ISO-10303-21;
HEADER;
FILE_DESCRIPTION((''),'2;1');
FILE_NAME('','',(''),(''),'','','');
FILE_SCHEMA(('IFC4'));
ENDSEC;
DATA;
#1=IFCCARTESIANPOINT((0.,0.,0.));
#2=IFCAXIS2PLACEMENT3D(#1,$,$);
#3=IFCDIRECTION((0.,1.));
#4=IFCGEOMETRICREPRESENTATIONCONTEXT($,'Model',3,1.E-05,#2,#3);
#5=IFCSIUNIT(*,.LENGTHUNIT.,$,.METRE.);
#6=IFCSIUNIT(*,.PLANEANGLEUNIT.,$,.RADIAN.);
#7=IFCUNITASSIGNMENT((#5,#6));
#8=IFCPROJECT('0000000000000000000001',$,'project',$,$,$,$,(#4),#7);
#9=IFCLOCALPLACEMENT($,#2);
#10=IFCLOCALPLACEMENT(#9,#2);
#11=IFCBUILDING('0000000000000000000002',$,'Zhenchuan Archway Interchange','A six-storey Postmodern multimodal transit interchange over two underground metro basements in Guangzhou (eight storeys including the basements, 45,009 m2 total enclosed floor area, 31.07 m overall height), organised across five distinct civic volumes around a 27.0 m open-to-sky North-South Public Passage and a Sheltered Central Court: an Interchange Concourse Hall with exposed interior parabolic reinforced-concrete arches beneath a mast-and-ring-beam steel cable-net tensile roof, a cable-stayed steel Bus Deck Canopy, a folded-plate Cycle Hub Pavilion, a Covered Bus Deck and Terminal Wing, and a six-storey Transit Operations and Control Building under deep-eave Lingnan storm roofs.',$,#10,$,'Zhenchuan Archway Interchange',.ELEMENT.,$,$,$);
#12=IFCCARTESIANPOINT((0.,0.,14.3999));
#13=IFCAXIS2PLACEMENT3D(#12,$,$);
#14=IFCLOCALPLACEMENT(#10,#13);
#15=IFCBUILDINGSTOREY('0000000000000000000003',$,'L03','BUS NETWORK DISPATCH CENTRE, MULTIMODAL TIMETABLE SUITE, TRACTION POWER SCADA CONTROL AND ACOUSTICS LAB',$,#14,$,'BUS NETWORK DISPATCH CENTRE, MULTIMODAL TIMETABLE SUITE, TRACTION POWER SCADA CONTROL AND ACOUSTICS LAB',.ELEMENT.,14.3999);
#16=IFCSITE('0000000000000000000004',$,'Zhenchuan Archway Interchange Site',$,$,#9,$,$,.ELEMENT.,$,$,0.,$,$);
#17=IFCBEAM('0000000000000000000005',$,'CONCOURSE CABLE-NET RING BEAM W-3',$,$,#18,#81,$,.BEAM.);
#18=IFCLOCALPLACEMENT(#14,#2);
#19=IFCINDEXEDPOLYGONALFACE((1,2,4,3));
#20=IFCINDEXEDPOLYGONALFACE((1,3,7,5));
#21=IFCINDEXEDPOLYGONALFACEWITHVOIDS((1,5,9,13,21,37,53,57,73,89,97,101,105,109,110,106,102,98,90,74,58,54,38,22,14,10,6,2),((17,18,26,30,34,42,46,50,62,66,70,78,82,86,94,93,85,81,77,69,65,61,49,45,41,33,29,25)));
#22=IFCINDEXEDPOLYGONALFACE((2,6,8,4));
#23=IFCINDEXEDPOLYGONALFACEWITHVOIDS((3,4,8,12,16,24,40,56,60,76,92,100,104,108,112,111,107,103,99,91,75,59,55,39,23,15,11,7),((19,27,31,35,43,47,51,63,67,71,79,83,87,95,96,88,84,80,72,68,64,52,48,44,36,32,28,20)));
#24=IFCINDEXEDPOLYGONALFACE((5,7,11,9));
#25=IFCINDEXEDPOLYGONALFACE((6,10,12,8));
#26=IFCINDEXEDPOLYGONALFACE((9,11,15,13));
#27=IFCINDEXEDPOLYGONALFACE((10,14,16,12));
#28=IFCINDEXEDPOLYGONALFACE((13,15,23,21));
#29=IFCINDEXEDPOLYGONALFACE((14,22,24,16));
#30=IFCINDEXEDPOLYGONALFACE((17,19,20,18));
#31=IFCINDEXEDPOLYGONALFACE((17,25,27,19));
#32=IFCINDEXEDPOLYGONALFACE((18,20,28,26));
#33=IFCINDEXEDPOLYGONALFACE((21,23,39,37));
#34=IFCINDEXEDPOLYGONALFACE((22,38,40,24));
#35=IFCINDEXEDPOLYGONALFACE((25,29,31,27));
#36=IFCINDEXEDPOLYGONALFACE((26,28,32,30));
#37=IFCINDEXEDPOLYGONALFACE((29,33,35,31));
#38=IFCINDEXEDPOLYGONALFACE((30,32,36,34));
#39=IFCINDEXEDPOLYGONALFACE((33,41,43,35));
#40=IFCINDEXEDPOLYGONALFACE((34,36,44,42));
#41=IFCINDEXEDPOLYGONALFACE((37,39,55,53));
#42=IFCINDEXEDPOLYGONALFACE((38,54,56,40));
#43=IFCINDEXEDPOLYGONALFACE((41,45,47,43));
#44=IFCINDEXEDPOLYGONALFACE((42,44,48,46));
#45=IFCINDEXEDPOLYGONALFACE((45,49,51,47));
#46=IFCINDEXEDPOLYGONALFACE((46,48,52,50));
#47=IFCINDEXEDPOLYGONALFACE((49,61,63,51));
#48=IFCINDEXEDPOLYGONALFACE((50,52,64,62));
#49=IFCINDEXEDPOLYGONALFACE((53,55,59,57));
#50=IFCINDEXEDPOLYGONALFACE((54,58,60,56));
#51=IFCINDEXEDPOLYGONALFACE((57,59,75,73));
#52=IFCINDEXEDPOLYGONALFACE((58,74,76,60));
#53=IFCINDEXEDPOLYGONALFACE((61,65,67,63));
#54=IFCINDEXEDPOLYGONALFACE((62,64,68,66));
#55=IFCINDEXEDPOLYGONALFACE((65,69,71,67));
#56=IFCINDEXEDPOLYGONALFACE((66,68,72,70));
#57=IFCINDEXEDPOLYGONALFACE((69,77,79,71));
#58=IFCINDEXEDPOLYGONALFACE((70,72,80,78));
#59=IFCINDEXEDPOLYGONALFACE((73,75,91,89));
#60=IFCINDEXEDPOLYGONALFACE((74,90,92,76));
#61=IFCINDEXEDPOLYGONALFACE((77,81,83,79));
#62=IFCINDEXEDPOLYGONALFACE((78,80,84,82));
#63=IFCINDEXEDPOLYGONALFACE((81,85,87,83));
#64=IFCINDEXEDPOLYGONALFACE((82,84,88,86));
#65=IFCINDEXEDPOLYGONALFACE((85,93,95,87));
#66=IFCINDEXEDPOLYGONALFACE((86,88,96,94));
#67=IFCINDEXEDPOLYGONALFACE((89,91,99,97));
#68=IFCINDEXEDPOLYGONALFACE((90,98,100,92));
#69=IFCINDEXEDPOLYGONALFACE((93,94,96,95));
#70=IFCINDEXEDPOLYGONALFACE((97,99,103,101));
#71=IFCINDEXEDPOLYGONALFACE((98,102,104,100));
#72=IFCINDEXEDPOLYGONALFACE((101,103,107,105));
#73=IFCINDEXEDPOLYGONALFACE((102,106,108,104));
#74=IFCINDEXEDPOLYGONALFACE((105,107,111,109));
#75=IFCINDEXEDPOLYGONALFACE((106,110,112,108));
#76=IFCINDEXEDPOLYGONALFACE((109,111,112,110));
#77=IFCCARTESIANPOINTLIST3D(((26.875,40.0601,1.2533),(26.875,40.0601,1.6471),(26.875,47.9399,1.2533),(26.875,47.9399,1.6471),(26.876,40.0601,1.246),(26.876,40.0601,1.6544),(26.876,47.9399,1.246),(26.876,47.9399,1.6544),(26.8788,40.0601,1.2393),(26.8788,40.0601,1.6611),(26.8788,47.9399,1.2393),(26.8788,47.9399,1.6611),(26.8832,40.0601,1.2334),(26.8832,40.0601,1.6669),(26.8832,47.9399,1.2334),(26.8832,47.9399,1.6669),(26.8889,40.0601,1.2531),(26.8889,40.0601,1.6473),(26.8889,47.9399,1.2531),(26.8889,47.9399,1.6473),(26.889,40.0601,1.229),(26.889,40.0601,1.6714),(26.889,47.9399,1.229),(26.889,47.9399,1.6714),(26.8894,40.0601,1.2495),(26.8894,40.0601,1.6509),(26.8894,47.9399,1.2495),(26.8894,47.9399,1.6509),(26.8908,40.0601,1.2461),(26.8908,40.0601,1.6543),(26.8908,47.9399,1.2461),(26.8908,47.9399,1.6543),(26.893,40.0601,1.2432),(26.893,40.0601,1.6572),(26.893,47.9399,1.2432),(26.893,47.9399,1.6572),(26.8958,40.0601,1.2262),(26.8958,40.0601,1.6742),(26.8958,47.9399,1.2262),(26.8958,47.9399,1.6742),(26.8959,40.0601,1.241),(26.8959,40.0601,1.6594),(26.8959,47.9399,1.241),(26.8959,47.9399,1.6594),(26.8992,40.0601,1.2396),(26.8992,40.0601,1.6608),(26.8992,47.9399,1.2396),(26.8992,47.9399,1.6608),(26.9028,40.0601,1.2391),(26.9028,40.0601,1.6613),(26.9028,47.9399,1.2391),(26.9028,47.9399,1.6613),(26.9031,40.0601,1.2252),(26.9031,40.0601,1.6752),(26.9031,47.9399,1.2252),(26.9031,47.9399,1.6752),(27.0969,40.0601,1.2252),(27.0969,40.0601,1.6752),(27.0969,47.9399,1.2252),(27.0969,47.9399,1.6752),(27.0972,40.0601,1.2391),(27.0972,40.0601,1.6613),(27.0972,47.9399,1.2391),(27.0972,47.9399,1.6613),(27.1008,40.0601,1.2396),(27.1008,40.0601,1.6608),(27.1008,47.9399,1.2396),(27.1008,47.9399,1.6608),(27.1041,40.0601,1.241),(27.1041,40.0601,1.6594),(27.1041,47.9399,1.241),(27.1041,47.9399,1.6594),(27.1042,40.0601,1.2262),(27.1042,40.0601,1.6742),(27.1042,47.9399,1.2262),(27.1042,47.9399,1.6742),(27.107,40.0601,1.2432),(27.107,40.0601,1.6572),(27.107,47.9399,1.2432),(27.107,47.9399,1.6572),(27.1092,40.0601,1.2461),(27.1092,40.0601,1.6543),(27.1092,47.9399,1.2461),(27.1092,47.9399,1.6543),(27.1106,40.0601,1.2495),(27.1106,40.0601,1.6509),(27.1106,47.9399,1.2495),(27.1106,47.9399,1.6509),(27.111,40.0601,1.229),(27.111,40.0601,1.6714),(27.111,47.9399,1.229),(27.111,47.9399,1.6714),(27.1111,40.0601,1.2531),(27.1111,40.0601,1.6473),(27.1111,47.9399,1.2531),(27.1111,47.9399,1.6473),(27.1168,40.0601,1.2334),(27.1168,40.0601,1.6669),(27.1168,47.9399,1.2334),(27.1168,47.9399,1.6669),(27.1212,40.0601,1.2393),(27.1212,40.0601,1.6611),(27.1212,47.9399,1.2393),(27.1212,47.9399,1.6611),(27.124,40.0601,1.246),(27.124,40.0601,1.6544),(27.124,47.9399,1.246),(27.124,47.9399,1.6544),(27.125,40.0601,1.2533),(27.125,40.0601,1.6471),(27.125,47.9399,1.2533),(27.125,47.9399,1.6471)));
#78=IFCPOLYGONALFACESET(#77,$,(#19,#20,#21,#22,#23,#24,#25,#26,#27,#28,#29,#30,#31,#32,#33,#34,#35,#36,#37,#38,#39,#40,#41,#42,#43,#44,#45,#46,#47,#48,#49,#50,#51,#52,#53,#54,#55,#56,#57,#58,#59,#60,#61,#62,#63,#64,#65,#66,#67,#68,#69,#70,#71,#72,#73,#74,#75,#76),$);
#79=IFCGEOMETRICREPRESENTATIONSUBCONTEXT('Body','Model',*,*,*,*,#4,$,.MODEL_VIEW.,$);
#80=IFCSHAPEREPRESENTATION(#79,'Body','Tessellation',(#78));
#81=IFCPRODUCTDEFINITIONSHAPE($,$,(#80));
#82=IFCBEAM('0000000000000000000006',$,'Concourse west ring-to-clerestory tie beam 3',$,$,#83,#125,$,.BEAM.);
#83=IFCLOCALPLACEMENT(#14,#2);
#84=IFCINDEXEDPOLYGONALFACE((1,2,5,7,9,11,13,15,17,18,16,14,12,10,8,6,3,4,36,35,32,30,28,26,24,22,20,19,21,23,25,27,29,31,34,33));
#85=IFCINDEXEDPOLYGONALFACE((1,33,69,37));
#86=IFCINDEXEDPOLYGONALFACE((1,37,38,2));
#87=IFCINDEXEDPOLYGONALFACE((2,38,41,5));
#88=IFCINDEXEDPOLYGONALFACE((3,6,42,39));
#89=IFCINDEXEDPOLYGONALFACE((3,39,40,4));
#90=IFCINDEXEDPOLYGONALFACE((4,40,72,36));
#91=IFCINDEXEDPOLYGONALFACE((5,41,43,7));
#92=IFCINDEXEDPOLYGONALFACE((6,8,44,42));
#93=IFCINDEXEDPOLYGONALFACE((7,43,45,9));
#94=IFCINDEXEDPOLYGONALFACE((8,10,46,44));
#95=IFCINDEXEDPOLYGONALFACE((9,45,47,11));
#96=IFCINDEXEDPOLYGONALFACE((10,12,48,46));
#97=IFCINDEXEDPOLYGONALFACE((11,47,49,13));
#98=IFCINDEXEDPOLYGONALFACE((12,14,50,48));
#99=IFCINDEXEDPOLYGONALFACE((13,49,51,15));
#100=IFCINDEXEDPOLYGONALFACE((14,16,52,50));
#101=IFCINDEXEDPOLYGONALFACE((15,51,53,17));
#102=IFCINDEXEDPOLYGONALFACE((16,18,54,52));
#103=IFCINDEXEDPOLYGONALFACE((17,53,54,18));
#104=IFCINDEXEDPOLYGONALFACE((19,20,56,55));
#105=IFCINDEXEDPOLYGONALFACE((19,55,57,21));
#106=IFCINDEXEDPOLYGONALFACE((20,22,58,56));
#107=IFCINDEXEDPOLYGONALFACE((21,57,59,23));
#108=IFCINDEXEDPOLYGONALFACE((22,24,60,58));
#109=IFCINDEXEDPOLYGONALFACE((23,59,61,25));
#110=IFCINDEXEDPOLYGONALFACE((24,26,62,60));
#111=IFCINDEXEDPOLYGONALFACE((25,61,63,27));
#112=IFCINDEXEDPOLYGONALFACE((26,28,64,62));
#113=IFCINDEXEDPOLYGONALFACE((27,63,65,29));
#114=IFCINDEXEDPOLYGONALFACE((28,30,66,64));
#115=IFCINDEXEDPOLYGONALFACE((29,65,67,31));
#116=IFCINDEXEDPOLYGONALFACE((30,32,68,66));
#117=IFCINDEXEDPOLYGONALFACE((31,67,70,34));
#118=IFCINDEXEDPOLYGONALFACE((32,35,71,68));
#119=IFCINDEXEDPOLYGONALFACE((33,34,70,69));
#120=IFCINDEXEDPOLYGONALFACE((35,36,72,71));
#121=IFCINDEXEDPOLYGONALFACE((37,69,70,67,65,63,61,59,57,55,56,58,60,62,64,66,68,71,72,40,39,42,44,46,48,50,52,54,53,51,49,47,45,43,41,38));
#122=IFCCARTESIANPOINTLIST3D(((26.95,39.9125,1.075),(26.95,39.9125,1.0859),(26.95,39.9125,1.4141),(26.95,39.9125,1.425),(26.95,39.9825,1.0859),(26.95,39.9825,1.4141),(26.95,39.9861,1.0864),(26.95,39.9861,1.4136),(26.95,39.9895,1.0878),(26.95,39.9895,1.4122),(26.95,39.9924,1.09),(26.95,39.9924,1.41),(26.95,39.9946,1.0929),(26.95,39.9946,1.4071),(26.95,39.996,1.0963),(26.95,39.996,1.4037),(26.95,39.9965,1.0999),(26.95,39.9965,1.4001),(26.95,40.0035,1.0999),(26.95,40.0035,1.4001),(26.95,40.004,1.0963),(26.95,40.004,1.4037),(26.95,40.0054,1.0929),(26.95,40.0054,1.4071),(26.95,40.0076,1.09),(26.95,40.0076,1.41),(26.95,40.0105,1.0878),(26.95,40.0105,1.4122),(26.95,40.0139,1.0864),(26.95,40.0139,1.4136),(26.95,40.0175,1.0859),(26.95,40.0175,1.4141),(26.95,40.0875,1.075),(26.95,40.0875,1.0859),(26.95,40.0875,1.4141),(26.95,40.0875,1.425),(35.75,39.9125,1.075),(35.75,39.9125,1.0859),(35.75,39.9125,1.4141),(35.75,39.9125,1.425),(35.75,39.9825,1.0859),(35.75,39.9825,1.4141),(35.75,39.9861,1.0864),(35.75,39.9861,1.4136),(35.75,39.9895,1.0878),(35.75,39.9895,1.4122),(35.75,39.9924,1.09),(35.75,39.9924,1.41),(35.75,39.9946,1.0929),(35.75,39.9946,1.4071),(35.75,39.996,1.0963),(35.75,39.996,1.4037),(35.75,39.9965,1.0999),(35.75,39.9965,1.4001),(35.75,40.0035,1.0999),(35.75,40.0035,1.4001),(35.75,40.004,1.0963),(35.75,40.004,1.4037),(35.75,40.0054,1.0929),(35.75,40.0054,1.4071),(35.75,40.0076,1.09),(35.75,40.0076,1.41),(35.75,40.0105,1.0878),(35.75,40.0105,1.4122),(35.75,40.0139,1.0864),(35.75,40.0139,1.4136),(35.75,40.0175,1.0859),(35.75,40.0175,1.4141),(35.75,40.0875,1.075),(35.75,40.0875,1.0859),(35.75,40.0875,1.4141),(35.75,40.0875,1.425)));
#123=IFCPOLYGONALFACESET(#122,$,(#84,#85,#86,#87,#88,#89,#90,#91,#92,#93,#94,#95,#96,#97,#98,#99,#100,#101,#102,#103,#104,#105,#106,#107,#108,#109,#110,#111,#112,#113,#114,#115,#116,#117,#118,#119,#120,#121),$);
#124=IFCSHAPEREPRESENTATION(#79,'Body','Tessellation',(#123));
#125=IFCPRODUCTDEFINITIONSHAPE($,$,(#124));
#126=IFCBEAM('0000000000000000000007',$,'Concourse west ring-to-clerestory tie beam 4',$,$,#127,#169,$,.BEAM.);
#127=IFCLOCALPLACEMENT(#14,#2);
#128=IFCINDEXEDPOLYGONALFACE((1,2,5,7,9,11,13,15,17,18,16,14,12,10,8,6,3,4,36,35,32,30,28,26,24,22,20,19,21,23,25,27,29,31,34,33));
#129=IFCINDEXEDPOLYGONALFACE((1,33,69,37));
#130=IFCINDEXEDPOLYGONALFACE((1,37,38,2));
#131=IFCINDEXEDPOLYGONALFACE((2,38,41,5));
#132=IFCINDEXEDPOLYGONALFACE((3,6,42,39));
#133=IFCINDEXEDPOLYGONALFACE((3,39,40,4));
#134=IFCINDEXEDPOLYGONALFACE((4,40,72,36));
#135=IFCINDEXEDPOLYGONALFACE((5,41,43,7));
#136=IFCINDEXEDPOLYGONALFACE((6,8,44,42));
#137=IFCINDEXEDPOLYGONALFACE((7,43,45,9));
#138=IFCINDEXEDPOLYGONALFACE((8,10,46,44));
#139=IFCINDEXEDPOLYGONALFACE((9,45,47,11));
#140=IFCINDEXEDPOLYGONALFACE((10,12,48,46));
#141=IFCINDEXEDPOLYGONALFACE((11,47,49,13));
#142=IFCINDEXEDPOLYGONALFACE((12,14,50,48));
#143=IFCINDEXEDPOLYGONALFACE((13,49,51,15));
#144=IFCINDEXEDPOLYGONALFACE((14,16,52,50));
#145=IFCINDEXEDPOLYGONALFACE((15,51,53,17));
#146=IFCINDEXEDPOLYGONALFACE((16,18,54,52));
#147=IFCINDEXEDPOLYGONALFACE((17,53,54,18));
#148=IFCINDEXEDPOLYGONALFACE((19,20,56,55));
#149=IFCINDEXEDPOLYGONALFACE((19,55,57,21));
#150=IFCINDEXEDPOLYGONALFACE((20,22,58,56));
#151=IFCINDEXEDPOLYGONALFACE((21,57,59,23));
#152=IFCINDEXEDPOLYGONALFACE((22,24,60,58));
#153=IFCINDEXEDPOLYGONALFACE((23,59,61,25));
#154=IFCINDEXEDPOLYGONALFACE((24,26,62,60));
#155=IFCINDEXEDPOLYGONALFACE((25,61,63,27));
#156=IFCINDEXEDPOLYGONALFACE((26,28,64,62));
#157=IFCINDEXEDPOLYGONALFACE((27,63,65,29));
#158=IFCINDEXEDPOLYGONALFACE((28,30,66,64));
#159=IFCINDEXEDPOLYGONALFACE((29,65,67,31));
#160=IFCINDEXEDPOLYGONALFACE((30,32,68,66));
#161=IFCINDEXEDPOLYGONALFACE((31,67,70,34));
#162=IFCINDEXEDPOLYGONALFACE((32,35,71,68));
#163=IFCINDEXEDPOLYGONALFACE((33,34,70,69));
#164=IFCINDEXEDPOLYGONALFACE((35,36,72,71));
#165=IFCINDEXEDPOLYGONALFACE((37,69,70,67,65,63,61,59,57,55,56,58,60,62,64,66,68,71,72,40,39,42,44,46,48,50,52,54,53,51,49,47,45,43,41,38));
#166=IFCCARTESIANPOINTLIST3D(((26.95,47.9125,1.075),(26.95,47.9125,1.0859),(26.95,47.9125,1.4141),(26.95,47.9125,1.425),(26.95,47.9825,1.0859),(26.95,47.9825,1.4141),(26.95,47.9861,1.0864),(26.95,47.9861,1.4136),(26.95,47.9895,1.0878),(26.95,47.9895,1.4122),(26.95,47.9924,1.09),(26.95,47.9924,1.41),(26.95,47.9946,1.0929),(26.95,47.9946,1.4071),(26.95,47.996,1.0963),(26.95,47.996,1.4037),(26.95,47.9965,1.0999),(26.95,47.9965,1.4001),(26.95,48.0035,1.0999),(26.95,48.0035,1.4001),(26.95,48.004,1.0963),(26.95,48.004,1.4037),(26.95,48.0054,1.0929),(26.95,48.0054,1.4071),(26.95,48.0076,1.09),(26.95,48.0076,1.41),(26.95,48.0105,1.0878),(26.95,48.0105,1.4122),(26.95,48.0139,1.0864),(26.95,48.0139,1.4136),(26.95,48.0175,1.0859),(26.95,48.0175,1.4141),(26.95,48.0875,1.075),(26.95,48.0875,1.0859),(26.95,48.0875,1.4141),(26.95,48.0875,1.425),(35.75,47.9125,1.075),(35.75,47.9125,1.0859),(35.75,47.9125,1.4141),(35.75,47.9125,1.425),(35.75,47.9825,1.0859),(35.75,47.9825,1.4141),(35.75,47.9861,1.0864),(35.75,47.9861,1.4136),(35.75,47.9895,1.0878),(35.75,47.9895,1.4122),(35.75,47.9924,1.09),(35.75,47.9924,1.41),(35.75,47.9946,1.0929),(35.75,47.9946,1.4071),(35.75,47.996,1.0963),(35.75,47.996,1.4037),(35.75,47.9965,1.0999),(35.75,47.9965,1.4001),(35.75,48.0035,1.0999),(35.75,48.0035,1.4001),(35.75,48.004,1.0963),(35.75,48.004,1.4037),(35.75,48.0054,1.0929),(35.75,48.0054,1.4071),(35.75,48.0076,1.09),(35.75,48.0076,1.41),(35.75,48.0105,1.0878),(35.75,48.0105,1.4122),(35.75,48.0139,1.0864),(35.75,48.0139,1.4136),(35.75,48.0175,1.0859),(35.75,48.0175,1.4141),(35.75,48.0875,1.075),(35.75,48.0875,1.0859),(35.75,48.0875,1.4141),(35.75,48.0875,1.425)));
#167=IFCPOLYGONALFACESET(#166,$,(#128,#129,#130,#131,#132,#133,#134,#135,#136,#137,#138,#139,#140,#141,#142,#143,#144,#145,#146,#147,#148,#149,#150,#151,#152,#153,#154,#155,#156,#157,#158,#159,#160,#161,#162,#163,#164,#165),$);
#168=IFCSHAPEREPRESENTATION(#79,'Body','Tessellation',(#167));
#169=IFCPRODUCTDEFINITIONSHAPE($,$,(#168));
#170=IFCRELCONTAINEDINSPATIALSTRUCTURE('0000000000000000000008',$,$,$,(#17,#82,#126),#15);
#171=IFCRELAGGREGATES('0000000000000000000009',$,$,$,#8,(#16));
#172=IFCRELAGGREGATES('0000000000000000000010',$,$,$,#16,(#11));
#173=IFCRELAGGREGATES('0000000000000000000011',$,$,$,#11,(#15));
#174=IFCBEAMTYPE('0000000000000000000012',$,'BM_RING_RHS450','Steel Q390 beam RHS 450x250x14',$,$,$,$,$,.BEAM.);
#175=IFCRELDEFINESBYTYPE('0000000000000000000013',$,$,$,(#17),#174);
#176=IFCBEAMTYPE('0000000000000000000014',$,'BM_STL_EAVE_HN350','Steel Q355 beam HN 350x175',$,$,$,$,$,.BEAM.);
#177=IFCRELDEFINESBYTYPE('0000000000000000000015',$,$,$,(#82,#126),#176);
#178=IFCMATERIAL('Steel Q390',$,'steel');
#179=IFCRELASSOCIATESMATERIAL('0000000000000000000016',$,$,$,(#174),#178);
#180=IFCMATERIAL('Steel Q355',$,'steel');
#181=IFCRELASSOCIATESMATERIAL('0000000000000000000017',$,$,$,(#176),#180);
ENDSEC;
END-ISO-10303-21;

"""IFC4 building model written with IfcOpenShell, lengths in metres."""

from ifc_helpers import new_model, si_unit, direction, frame, origin, origin_2d, place, context, subcontext, project, spatial, hollow_rectangle, i_section, extrude, material, material_profile, profile_set, type_object, element, save


model = new_model("IFC4")

# Units and contexts
model_context = context("Model", 3, precision=1e-05, world=origin(), true_north=direction((0.0, 1.0)))
body_context = subcontext(model_context, "Body", "Model", "MODEL_VIEW")
ifc_project = project(units=[si_unit("LENGTHUNIT", "METRE"), si_unit("PLANEANGLEUNIT", "RADIAN")], contexts=[model_context])

# Site, building, storey
site_placement = place(None, origin())
site = spatial("IfcSite", under=ifc_project, at=site_placement, Name="Zhenchuan Archway Interchange Site", CompositionType="ELEMENT", RefElevation=0.0)
building_placement = place(site_placement, origin())
building = spatial("IfcBuilding", under=site, at=building_placement, Name="Zhenchuan Archway Interchange", Description="A six-storey Postmodern multimodal transit interchange over two underground metro basements in Guangzhou (eight storeys including the basements, 45,009 m2 total enclosed floor area, 31.07 m overall height), organised across five distinct civic volumes around a 27.0 m open-to-sky North-South Public Passage and a Sheltered Central Court: an Interchange Concourse Hall with exposed interior parabolic reinforced-concrete arches beneath a mast-and-ring-beam steel cable-net tensile roof, a cable-stayed steel Bus Deck Canopy, a folded-plate Cycle Hub Pavilion, a Covered Bus Deck and Terminal Wing, and a six-storey Transit Operations and Control Building under deep-eave Lingnan storm roofs.", LongName="Zhenchuan Archway Interchange", CompositionType="ELEMENT")
storey_placement = place(building_placement, frame((0.0, 0.0, 14.3999)))
storey = spatial("IfcBuildingStorey", under=building, at=storey_placement, Name="L03", Description="BUS NETWORK DISPATCH CENTRE, MULTIMODAL TIMETABLE SUITE, TRACTION POWER SCADA CONTROL AND ACOUSTICS LAB", LongName="BUS NETWORK DISPATCH CENTRE, MULTIMODAL TIMETABLE SUITE, TRACTION POWER SCADA CONTROL AND ACOUSTICS LAB", CompositionType="ELEMENT", Elevation=14.3999)

# Shared definitions
ifc_material_1 = material(Name="Steel Q355", Category="steel")

# Beams
ifc_material_2 = material(Name="Steel Q390", Category="steel")
ifc_material_profile_1 = material_profile(ifc_material_2, hollow_rectangle(XDim=0.25, YDim=0.45, WallThickness=0.0139, InnerFilletRadius=0.0139, OuterFilletRadius=0.0281, at=origin_2d()), Name="RHS 450x250x14")
ifc_profile_set_1 = profile_set([ifc_material_profile_1], Name="Steel Q390")
beam_type_1 = type_object("IfcBeamType", Name="BM_RING_RHS450", Description="Steel Q390 beam RHS 450x250x14", PredefinedType="BEAM", material=ifc_profile_set_1)
for number, where, z_axis, x_axis, name in (
    (1, (27.0, 40.0601, 1.4502), (0.0, 1.0, 0.0), (-1.0, 0.0, 0.0), "CONCOURSE CABLE-NET RING BEAM W-3"),
):
    element("IfcBeam", number, at=place(storey_placement, frame(where, z_axis=z_axis, x_axis=x_axis)), inside=storey, type_object=beam_type_1, Name=name, PredefinedType="BEAM", context=body_context, shape_type="SweptSolid", body=[
        extrude(hollow_rectangle(XDim=0.25, YDim=0.45, WallThickness=0.0139, InnerFilletRadius=0.0139, OuterFilletRadius=0.0281, at=origin_2d()), origin(), (0.0, 0.0, 1.0), 7.8799),
    ])
ifc_material_profile_2 = material_profile(ifc_material_1, i_section(OverallWidth=0.175, OverallDepth=0.3501, WebThickness=0.0071, FlangeThickness=0.011, FilletRadius=0.0139, at=origin_2d()), Name="HN 350x175")
ifc_profile_set_2 = profile_set([ifc_material_profile_2], Name="Steel Q355")
beam_type_2 = type_object("IfcBeamType", Name="BM_STL_EAVE_HN350", Description="Steel Q355 beam HN 350x175", PredefinedType="BEAM", material=ifc_profile_set_2)
for number, where, z_axis, x_axis, name in (
    (2, (26.95, 40.0, 1.25), (1.0, 0.0, 0.0), (0.0, 1.0, 0.0), "Concourse west ring-to-clerestory tie beam 3"),
    (3, (26.95, 48.0, 1.25), (1.0, 0.0, 0.0), (0.0, 1.0, 0.0), "Concourse west ring-to-clerestory tie beam 4"),
):
    element("IfcBeam", number, at=place(storey_placement, frame(where, z_axis=z_axis, x_axis=x_axis)), inside=storey, type_object=beam_type_2, Name=name, PredefinedType="BEAM", context=body_context, shape_type="SweptSolid", body=[
        extrude(i_section(OverallWidth=0.175, OverallDepth=0.3501, WebThickness=0.0071, FlangeThickness=0.011, FilletRadius=0.0139, at=origin_2d()), origin(), (0.0, 0.0, 1.0), 8.8),
    ])

save(model, "model.ifc")
